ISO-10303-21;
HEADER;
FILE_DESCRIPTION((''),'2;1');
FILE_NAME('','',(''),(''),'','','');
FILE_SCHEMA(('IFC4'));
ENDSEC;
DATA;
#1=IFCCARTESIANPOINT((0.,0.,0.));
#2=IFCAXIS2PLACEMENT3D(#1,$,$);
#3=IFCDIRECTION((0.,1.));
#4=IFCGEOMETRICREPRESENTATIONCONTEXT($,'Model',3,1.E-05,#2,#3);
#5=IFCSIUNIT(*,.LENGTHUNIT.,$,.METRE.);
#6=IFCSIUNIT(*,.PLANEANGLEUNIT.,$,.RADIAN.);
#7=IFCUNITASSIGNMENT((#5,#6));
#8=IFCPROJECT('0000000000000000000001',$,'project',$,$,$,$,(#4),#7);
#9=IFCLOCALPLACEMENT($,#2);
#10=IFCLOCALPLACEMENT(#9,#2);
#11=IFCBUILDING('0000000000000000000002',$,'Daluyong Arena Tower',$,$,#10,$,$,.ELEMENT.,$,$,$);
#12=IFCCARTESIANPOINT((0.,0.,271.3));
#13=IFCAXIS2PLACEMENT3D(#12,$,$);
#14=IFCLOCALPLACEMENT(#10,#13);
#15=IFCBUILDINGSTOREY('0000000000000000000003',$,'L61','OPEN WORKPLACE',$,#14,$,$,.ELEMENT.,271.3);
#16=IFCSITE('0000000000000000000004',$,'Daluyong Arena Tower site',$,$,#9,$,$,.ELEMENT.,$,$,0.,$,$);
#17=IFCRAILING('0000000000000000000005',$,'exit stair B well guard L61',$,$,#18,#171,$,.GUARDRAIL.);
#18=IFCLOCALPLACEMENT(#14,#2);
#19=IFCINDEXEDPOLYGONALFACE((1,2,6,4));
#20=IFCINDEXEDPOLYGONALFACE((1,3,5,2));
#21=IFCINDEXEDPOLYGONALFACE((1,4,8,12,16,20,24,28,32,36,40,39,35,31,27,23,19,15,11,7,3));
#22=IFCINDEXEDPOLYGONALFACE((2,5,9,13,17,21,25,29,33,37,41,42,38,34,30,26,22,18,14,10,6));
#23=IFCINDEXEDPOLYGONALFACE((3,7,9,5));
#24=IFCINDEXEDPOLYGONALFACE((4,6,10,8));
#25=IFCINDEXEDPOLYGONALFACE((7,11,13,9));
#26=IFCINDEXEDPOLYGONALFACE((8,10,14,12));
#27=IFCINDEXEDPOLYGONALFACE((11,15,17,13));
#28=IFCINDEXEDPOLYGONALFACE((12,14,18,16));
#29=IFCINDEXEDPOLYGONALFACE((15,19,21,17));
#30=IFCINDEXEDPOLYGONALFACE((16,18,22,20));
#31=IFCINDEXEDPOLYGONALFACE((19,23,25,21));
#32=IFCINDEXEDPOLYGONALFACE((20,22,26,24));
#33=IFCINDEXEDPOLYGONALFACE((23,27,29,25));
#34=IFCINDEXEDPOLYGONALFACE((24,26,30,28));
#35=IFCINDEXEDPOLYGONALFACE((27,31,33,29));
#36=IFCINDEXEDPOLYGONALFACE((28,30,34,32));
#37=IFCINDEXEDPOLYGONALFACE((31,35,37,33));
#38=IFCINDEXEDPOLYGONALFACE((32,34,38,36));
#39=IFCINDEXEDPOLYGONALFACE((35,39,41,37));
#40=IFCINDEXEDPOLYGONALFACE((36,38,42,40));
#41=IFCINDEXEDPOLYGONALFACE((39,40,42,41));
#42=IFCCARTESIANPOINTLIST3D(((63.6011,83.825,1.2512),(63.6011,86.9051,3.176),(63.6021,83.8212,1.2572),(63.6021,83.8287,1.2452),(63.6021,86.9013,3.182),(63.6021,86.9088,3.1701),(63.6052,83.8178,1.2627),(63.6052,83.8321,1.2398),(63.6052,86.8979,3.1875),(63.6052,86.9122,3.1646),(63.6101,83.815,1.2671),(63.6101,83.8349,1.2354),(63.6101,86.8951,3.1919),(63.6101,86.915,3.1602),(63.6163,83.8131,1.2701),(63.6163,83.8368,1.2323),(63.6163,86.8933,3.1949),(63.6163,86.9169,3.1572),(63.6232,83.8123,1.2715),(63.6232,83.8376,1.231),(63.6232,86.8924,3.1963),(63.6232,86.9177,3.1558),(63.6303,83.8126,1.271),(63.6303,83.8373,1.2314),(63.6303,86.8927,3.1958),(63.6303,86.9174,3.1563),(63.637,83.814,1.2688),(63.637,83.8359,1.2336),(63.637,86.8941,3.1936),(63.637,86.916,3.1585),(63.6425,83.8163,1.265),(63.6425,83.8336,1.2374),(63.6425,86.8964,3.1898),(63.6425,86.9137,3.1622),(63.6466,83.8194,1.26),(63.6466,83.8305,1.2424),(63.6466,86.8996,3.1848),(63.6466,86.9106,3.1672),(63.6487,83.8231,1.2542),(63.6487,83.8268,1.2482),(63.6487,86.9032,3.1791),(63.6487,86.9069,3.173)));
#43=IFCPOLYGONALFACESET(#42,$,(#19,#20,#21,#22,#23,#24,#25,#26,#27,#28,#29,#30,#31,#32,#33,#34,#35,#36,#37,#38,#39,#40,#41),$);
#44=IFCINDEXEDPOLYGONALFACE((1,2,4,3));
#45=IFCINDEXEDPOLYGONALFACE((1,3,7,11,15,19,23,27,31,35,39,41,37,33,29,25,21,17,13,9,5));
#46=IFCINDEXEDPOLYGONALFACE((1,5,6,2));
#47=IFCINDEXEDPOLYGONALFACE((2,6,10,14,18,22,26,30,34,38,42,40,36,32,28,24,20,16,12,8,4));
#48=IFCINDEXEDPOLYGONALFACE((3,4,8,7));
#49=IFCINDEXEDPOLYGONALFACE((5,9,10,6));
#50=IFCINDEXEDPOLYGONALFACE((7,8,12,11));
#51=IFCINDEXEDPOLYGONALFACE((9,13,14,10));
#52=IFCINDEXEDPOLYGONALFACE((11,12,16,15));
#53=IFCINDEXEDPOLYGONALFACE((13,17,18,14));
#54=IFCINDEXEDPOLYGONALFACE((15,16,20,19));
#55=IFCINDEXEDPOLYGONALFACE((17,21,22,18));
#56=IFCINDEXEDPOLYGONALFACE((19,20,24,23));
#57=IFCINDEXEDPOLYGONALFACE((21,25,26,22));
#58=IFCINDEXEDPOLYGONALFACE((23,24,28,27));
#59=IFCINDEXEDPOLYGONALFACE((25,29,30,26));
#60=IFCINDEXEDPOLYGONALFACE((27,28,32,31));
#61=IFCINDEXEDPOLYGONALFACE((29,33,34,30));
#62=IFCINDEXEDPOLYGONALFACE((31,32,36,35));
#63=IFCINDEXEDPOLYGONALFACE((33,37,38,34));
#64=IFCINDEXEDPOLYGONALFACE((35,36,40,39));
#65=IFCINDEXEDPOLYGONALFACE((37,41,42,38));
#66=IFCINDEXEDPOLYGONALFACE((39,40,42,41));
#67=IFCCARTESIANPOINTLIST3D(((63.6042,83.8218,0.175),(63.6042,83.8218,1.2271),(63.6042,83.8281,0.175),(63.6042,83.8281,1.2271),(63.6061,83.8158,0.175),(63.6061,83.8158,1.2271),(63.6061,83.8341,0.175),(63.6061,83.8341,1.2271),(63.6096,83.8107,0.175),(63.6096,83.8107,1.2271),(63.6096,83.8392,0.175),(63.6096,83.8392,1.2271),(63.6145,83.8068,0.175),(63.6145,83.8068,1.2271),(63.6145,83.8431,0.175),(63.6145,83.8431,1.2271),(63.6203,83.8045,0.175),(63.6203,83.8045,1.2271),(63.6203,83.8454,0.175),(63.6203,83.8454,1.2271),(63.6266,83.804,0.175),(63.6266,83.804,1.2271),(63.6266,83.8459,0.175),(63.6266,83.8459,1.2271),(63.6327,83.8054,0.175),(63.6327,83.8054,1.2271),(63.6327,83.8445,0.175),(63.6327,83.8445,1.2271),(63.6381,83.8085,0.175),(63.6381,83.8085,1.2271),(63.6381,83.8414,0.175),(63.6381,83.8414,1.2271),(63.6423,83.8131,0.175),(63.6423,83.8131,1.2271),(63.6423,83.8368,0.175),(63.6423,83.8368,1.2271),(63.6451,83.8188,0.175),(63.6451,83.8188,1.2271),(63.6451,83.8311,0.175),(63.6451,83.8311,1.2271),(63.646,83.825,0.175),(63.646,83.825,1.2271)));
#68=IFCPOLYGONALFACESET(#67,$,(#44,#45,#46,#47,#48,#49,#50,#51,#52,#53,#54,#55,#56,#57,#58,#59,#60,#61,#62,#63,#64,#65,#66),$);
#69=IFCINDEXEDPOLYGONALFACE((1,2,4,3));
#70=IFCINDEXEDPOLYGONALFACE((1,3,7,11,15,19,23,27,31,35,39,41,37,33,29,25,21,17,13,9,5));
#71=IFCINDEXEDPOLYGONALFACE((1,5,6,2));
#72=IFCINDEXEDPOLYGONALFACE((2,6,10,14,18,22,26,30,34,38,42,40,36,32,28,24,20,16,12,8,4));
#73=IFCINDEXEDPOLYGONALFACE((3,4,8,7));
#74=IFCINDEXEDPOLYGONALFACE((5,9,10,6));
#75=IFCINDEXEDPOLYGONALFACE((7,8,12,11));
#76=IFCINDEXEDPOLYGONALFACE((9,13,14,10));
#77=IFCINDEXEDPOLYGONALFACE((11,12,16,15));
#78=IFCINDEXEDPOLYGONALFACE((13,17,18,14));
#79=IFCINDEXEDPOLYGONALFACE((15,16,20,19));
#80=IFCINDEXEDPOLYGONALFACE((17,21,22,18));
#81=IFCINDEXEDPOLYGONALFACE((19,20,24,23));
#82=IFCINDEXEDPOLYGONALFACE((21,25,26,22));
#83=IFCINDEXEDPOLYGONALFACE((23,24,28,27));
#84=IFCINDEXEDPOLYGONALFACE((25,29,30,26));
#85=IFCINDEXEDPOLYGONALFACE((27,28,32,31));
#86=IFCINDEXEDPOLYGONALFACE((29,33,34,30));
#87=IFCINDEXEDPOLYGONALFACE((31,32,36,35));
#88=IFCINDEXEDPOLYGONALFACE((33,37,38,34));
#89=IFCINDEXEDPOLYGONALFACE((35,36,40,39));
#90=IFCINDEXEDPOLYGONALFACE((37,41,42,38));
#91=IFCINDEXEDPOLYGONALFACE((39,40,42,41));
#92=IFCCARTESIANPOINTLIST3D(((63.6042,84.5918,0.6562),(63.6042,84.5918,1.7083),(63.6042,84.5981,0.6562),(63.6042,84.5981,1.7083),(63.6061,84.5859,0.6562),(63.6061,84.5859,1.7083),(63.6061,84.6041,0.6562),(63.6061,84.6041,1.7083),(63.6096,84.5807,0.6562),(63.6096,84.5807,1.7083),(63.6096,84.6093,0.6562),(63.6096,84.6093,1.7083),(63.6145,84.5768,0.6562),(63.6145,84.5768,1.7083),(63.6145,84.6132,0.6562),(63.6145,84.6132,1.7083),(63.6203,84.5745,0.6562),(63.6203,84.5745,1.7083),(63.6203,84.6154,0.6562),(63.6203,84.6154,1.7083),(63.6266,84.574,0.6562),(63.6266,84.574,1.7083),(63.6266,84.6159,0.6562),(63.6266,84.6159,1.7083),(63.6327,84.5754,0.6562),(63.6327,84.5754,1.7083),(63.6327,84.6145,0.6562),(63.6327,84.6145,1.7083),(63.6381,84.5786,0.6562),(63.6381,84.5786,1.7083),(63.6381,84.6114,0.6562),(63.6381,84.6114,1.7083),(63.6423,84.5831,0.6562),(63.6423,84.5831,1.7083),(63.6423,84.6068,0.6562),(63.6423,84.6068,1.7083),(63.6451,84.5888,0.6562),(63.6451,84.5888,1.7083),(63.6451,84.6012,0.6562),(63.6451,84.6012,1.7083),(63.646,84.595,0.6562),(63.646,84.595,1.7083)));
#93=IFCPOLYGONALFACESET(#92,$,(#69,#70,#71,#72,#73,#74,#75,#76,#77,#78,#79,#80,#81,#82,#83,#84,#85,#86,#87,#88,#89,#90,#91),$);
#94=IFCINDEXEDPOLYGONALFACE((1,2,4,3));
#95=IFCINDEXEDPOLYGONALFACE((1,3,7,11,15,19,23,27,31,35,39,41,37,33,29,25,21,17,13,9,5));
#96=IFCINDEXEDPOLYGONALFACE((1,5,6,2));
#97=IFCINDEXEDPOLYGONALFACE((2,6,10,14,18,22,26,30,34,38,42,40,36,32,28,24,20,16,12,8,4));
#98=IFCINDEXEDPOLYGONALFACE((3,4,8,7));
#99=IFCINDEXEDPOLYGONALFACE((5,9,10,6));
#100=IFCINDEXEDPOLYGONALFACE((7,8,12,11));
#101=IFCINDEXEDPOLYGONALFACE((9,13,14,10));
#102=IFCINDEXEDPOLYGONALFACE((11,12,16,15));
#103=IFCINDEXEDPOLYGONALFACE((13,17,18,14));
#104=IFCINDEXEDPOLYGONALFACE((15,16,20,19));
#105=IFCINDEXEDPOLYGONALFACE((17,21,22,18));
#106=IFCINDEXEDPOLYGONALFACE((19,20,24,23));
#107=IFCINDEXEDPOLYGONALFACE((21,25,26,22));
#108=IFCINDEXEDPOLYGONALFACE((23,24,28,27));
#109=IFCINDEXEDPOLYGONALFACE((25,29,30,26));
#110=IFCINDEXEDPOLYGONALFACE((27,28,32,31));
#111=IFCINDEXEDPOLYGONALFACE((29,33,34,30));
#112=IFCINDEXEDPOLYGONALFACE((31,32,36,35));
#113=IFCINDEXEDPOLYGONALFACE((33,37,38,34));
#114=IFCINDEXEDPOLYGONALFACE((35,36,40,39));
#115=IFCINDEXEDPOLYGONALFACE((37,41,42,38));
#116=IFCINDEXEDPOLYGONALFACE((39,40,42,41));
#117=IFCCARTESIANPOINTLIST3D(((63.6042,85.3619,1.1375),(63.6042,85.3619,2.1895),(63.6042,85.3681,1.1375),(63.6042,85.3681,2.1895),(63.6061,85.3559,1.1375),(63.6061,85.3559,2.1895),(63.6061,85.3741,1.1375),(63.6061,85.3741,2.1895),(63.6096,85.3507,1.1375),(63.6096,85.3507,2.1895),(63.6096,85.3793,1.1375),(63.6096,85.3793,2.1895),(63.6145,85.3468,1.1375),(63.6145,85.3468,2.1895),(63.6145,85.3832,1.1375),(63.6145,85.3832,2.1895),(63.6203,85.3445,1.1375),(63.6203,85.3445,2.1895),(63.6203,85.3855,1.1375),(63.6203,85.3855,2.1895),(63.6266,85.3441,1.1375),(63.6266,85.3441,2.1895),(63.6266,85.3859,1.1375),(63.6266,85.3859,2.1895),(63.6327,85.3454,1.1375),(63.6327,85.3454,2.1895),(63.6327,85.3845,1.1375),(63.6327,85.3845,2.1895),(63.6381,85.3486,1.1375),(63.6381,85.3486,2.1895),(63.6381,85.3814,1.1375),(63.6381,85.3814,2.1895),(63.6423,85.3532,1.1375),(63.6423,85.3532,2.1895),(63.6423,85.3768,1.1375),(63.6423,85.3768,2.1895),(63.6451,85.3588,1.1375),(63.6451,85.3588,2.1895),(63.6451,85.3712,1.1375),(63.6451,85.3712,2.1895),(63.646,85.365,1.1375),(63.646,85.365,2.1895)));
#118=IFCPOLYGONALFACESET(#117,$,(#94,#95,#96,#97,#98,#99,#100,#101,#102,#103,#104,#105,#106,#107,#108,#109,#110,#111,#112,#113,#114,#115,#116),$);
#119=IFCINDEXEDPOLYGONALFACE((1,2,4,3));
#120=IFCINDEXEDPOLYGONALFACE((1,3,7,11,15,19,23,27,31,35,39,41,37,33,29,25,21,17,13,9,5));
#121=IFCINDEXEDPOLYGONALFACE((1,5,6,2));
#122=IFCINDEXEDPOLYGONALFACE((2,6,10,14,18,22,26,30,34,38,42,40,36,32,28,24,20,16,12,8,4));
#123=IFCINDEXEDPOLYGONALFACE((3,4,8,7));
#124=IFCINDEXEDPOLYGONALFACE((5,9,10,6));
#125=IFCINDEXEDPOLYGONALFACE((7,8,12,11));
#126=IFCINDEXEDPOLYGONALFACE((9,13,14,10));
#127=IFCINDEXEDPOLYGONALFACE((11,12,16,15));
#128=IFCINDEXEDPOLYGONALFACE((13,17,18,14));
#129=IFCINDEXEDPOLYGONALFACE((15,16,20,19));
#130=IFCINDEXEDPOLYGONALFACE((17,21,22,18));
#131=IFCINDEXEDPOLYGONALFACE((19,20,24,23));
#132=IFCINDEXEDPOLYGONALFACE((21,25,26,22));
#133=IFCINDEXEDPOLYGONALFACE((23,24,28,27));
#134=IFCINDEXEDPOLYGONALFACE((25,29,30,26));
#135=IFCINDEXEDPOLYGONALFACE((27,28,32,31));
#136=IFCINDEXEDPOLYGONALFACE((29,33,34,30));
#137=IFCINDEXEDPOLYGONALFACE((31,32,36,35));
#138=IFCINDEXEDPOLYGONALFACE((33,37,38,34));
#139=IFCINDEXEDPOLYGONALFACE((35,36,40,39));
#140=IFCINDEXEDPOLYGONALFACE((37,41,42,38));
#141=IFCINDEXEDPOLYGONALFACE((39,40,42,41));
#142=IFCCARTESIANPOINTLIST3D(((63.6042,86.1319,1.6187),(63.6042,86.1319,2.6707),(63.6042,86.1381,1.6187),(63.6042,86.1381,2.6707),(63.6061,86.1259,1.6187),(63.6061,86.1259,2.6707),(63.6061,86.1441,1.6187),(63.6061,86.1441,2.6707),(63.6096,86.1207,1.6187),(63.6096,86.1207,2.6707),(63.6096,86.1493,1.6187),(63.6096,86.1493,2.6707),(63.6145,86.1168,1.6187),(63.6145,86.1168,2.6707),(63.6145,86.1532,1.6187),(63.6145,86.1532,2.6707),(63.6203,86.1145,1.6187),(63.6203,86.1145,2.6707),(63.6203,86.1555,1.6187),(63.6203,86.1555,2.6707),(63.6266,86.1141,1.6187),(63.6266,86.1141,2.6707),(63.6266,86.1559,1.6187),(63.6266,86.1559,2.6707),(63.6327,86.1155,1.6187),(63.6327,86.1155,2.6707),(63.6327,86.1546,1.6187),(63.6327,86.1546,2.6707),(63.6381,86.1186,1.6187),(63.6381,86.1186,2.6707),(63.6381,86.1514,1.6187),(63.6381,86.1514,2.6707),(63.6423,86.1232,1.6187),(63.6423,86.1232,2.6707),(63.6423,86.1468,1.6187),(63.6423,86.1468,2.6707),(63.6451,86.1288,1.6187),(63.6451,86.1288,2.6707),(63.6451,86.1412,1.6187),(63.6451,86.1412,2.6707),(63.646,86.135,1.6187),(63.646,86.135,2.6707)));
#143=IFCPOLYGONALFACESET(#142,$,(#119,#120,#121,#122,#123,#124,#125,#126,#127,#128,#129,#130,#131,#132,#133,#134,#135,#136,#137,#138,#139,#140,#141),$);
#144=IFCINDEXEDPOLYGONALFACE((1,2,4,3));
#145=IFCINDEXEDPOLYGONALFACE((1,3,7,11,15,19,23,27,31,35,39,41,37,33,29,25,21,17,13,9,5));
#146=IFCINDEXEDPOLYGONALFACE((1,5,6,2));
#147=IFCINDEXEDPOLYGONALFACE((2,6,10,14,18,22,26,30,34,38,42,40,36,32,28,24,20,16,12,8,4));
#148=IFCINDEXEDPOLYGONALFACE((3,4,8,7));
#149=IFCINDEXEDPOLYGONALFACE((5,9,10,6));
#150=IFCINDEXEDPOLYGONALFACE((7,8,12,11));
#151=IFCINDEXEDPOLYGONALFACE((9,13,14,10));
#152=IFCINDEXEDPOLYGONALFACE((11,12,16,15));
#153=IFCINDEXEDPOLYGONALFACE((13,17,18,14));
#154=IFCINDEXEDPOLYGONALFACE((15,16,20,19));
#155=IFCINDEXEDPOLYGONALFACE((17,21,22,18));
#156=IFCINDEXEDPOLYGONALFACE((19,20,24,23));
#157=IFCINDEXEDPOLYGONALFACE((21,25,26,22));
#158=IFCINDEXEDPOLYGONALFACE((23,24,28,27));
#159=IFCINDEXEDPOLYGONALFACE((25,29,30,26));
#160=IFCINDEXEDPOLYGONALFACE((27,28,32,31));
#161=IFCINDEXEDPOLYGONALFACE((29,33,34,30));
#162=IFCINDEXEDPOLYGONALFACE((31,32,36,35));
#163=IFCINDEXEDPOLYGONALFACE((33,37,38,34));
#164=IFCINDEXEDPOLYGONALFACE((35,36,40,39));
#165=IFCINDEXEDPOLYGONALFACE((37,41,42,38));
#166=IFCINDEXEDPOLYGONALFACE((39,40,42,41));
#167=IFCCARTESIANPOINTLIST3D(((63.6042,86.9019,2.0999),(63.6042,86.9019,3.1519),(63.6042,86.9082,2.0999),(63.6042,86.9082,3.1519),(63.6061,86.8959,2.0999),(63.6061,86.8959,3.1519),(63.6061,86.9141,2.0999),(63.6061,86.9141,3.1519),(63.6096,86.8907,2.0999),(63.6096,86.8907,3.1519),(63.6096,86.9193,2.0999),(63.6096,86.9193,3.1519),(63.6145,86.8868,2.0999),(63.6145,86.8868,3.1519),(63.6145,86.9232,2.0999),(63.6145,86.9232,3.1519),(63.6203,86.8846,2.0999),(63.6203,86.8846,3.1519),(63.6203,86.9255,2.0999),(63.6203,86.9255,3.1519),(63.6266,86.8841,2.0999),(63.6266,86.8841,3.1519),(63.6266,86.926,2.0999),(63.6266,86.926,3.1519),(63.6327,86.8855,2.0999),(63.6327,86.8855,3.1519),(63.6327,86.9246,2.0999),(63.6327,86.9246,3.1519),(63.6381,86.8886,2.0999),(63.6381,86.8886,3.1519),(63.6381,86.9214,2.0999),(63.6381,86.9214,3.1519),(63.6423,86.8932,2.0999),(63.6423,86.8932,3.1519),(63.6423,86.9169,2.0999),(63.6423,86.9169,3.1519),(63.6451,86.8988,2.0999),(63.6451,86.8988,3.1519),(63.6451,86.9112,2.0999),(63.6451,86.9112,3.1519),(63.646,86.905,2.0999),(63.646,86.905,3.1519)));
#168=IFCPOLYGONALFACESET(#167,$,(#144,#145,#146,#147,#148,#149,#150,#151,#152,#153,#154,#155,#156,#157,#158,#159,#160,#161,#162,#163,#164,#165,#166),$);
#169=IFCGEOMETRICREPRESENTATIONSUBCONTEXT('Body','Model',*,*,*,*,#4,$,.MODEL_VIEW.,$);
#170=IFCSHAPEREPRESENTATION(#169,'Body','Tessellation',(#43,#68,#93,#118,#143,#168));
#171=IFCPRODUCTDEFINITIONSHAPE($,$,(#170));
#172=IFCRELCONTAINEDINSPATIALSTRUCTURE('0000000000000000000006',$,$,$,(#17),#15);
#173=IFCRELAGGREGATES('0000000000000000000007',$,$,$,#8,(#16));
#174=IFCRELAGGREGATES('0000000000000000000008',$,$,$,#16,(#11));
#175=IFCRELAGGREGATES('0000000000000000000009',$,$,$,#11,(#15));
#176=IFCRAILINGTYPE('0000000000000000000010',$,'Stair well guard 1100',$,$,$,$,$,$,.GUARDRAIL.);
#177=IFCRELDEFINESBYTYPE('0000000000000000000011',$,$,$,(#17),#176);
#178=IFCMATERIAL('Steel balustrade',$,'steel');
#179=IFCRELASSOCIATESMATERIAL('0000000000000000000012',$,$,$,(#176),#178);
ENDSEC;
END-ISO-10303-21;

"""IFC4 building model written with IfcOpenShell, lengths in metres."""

from ifc_helpers import new_model, si_unit, direction, frame, origin, origin_2d, place, context, subcontext, project, spatial, circle, extrude, material, type_object, element, save


model = new_model("IFC4")

# Units and contexts
model_context = context("Model", 3, precision=1e-05, world=origin(), true_north=direction((0.0, 1.0)))
body_context = subcontext(model_context, "Body", "Model", "MODEL_VIEW")
ifc_project = project(units=[si_unit("LENGTHUNIT", "METRE"), si_unit("PLANEANGLEUNIT", "RADIAN")], contexts=[model_context])

# Site, building, storey
site_placement = place(None, origin())
site = spatial("IfcSite", under=ifc_project, at=site_placement, Name="Daluyong Arena Tower site", CompositionType="ELEMENT", RefElevation=0.0)
building_placement = place(site_placement, origin())
building = spatial("IfcBuilding", under=site, at=building_placement, Name="Daluyong Arena Tower", CompositionType="ELEMENT")
storey_placement = place(building_placement, frame((0.0, 0.0, 271.3)))
storey = spatial("IfcBuildingStorey", under=building, at=storey_placement, Name="L61", Description="OPEN WORKPLACE", CompositionType="ELEMENT", Elevation=271.3)

# Railing
ifc_material_1 = material(Name="Steel balustrade", Category="steel")
railing_type_1 = type_object("IfcRailingType", Name="Stair well guard 1100", PredefinedType="GUARDRAIL", material=ifc_material_1)
railing_1_placement = place(storey_placement, frame((63.625, 83.825, 0.175)))
element("IfcRailing", 1, at=railing_1_placement, inside=storey, type_object=railing_type_1, Name="exit stair B well guard L61", PredefinedType="GUARDRAIL", context=body_context, shape_type="SweptSolid", body=[
    extrude(circle(Radius=0.0239, at=origin_2d()), frame((0.0, 0.0, 1.0762), z_axis=(0.0, 0.848029, 0.529951), x_axis=(-1.0, 0.0, 0.0)), (0.0, 0.0, 1.0), 3.6321),
    extrude(circle(Radius=0.021, at=origin_2d()), origin(), (0.0, 0.0, 1.0), 1.052),
    extrude(circle(Radius=0.021, at=origin_2d()), frame((0.0, 0.77, 0.4812)), (0.0, 0.0, 1.0), 1.052),
    extrude(circle(Radius=0.021, at=origin_2d()), frame((0.0, 1.54, 0.9624)), (0.0, 0.0, 1.0), 1.052),
    extrude(circle(Radius=0.021, at=origin_2d()), frame((0.0, 2.3101, 1.4436)), (0.0, 0.0, 1.0), 1.052),
    extrude(circle(Radius=0.021, at=origin_2d()), frame((0.0, 3.0801, 1.9248)), (0.0, 0.0, 1.0), 1.052),
])

save(model, "model.ifc")
